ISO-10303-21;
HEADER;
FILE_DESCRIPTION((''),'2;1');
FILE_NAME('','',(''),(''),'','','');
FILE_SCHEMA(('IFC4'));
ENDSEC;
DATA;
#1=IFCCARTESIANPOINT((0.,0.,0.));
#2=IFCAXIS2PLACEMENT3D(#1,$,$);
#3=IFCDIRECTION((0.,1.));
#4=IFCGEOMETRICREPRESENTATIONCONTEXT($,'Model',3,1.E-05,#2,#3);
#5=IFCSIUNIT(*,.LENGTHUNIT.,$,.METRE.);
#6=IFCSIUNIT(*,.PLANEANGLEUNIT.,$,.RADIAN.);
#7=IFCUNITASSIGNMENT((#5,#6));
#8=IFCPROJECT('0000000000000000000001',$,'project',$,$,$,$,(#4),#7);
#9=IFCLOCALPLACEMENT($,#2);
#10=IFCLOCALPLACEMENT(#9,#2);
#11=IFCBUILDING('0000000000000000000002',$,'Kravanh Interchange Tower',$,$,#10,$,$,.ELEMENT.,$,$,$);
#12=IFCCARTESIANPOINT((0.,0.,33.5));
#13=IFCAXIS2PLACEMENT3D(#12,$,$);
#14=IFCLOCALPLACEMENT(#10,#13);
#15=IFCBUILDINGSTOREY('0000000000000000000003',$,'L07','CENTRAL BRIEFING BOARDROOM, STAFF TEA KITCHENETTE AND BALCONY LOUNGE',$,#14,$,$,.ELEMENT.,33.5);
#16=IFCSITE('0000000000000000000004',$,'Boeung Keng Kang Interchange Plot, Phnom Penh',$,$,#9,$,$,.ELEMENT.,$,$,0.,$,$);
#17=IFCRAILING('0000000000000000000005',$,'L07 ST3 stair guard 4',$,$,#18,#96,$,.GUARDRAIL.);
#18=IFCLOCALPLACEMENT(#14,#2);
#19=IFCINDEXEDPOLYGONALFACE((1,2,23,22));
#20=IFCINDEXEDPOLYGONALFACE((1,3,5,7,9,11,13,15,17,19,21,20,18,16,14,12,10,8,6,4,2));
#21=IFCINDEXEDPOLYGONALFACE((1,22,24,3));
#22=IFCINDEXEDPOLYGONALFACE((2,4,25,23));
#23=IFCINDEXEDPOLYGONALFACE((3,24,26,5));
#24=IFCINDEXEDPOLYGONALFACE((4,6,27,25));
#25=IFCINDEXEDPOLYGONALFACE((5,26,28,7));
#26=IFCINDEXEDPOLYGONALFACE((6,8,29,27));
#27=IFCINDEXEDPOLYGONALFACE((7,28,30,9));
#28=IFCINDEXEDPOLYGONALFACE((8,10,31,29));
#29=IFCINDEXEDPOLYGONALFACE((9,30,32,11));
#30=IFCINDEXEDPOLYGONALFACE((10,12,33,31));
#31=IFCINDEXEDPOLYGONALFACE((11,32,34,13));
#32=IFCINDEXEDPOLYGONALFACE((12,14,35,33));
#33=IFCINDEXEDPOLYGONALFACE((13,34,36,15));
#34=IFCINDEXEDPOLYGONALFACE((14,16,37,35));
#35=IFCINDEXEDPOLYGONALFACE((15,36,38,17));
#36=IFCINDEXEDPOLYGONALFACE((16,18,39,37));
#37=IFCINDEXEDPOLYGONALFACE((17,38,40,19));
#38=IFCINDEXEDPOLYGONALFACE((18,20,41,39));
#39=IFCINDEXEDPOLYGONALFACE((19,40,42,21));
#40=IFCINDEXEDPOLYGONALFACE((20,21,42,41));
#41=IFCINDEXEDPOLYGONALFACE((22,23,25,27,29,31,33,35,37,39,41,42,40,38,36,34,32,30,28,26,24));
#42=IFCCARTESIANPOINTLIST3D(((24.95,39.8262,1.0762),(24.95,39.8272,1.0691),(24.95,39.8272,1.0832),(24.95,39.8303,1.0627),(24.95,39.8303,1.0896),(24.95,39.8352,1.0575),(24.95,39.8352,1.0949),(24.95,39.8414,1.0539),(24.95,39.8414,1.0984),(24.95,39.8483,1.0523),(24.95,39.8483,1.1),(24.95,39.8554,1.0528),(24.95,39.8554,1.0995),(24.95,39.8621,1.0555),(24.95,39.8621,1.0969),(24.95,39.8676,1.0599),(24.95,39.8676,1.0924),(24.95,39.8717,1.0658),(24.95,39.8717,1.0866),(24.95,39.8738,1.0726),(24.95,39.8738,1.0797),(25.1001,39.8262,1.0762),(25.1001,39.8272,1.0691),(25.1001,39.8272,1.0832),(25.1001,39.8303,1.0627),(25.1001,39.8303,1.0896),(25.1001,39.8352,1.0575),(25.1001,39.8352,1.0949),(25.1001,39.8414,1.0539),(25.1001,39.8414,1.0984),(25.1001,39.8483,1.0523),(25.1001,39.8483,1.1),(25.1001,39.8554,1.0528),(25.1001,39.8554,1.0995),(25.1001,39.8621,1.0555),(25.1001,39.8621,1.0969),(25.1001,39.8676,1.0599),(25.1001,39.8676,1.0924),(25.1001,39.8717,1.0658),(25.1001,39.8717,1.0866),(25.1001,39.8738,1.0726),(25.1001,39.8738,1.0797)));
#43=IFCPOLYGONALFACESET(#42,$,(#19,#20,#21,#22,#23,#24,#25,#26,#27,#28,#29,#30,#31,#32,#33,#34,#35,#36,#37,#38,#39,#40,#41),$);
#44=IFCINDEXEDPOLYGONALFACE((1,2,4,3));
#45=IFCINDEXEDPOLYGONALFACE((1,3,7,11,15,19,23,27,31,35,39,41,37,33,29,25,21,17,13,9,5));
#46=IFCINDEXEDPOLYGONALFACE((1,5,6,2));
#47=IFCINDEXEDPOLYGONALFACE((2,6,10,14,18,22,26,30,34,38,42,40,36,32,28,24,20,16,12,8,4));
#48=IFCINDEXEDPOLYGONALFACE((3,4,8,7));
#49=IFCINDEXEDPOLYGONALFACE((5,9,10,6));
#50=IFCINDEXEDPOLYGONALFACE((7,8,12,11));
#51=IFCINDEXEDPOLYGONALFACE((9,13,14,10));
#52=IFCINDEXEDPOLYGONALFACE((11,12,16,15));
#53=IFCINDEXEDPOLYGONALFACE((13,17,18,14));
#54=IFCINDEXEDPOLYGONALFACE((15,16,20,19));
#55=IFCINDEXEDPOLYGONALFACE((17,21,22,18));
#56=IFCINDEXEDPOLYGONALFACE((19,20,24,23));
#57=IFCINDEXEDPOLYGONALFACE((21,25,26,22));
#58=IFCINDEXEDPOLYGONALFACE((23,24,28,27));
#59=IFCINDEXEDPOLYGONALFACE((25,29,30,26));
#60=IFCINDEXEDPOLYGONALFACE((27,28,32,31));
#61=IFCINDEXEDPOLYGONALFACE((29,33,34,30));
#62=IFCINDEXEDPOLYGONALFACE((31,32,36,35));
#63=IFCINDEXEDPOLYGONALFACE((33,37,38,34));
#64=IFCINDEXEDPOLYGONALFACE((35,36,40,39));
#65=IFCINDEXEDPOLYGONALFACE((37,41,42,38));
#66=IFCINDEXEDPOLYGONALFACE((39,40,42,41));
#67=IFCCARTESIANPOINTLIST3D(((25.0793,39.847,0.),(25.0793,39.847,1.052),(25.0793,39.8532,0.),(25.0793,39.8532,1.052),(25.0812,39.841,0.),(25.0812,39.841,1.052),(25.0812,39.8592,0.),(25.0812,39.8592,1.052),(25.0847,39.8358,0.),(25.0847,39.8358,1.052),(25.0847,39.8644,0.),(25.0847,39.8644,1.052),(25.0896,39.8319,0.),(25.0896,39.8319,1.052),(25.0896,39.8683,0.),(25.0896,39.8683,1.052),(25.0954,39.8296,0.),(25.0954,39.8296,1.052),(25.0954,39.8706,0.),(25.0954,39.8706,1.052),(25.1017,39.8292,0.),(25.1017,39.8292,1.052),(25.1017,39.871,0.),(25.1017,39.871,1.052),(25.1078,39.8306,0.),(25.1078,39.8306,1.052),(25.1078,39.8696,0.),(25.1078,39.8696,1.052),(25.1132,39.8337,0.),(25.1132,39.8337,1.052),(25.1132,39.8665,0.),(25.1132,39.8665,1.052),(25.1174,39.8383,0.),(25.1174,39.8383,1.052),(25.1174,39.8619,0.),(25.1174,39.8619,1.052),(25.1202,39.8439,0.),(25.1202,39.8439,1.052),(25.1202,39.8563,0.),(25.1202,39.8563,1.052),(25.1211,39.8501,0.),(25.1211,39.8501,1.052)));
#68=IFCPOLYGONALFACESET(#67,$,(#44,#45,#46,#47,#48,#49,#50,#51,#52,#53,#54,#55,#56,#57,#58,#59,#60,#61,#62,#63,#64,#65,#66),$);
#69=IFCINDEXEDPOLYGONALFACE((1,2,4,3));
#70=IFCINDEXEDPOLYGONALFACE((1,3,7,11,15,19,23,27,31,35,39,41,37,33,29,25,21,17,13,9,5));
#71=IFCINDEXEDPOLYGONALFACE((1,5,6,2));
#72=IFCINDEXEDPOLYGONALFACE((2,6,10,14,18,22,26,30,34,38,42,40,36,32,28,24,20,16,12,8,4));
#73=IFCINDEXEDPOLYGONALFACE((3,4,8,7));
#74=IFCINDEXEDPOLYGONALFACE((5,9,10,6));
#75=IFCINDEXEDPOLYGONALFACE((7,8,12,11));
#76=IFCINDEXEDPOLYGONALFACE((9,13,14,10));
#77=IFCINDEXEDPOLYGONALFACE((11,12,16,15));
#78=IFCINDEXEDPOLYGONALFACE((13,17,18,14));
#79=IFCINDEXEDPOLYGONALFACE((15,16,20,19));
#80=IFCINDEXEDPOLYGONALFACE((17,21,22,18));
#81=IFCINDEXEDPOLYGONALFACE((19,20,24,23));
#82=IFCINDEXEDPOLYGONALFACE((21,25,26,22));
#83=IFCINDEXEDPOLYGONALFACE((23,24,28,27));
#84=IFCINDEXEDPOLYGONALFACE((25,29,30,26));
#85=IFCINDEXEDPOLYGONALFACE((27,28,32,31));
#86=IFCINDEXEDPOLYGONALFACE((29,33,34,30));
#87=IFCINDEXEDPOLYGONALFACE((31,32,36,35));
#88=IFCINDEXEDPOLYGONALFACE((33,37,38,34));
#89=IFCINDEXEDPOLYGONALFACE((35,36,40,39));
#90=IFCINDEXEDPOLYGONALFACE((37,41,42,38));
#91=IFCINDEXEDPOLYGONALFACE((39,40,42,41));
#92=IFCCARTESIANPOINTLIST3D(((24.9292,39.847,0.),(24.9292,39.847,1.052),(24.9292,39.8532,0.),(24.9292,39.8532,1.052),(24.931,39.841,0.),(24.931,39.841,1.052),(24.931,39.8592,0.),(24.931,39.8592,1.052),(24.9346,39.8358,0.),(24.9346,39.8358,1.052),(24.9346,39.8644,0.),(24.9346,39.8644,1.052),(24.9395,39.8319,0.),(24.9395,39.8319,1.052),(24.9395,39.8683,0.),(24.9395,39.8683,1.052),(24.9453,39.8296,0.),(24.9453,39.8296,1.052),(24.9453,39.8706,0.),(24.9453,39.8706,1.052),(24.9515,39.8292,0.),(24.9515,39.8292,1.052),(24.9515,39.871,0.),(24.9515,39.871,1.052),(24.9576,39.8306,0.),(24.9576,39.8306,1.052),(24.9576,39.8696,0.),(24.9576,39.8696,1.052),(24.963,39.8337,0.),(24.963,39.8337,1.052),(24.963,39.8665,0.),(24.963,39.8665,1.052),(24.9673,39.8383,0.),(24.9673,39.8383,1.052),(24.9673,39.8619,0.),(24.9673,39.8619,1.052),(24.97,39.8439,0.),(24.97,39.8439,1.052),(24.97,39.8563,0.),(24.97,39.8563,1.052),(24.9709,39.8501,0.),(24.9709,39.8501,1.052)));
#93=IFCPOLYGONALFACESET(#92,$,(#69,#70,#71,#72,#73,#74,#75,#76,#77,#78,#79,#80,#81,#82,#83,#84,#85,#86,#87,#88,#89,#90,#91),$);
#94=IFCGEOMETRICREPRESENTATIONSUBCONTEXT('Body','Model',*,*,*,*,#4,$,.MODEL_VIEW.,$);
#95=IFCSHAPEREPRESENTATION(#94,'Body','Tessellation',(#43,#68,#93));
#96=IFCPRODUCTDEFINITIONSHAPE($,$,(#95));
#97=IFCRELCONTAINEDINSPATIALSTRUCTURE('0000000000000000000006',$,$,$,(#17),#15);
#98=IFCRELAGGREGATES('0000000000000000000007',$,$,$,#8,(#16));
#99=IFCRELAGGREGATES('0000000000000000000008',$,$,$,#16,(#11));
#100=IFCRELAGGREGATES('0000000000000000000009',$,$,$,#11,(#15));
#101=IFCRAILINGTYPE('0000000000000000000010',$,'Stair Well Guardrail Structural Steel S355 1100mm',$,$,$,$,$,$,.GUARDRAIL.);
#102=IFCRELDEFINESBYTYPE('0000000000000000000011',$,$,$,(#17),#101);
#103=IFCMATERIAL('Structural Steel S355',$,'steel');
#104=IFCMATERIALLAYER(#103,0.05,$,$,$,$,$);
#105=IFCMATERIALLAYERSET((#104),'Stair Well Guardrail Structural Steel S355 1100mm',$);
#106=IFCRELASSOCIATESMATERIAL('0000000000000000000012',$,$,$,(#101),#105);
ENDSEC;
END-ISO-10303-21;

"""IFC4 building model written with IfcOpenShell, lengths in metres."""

from ifc_helpers import new_model, si_unit, direction, frame, origin, origin_2d, place, context, subcontext, project, spatial, circle, extrude, material, layer, layer_set, type_object, element, save


model = new_model("IFC4")

# Units and contexts
model_context = context("Model", 3, precision=1e-05, world=origin(), true_north=direction((0.0, 1.0)))
body_context = subcontext(model_context, "Body", "Model", "MODEL_VIEW")
ifc_project = project(units=[si_unit("LENGTHUNIT", "METRE"), si_unit("PLANEANGLEUNIT", "RADIAN")], contexts=[model_context])

# Site, building, storey
site_placement = place(None, origin())
site = spatial("IfcSite", under=ifc_project, at=site_placement, Name="Boeung Keng Kang Interchange Plot, Phnom Penh", CompositionType="ELEMENT", RefElevation=0.0)
building_placement = place(site_placement, origin())
building = spatial("IfcBuilding", under=site, at=building_placement, Name="Kravanh Interchange Tower", CompositionType="ELEMENT")
storey_placement = place(building_placement, frame((0.0, 0.0, 33.5)))
storey = spatial("IfcBuildingStorey", under=building, at=storey_placement, Name="L07", Description="CENTRAL BRIEFING BOARDROOM, STAFF TEA KITCHENETTE AND BALCONY LOUNGE", CompositionType="ELEMENT", Elevation=33.5)

# Railing
ifc_material_1 = material(Name="Structural Steel S355", Category="steel")
ifc_layer_1 = layer(ifc_material_1, 0.05)
ifc_layer_set_1 = layer_set([ifc_layer_1], Name="Stair Well Guardrail Structural Steel S355 1100mm")
railing_type_1 = type_object("IfcRailingType", Name="Stair Well Guardrail Structural Steel S355 1100mm", PredefinedType="GUARDRAIL", material=ifc_layer_set_1)
railing_1_placement = place(storey_placement, frame((25.1001, 39.8501, 0.0)))
element("IfcRailing", 1, at=railing_1_placement, inside=storey, type_object=railing_type_1, Name="L07 ST3 stair guard 4", PredefinedType="GUARDRAIL", context=body_context, shape_type="SweptSolid", body=[
    extrude(circle(Radius=0.0239, at=origin_2d()), frame((0.0, 0.0, 1.0762), z_axis=(-1.0, 0.0, 0.0), x_axis=(0.0, -1.0, 0.0)), (0.0, 0.0, 1.0), 0.1501),
    extrude(circle(Radius=0.021, at=origin_2d()), origin(), (0.0, 0.0, 1.0), 1.052),
    extrude(circle(Radius=0.021, at=origin_2d()), frame((-0.1501, 0.0, 0.0)), (0.0, 0.0, 1.0), 1.052),
])

save(model, "model.ifc")
